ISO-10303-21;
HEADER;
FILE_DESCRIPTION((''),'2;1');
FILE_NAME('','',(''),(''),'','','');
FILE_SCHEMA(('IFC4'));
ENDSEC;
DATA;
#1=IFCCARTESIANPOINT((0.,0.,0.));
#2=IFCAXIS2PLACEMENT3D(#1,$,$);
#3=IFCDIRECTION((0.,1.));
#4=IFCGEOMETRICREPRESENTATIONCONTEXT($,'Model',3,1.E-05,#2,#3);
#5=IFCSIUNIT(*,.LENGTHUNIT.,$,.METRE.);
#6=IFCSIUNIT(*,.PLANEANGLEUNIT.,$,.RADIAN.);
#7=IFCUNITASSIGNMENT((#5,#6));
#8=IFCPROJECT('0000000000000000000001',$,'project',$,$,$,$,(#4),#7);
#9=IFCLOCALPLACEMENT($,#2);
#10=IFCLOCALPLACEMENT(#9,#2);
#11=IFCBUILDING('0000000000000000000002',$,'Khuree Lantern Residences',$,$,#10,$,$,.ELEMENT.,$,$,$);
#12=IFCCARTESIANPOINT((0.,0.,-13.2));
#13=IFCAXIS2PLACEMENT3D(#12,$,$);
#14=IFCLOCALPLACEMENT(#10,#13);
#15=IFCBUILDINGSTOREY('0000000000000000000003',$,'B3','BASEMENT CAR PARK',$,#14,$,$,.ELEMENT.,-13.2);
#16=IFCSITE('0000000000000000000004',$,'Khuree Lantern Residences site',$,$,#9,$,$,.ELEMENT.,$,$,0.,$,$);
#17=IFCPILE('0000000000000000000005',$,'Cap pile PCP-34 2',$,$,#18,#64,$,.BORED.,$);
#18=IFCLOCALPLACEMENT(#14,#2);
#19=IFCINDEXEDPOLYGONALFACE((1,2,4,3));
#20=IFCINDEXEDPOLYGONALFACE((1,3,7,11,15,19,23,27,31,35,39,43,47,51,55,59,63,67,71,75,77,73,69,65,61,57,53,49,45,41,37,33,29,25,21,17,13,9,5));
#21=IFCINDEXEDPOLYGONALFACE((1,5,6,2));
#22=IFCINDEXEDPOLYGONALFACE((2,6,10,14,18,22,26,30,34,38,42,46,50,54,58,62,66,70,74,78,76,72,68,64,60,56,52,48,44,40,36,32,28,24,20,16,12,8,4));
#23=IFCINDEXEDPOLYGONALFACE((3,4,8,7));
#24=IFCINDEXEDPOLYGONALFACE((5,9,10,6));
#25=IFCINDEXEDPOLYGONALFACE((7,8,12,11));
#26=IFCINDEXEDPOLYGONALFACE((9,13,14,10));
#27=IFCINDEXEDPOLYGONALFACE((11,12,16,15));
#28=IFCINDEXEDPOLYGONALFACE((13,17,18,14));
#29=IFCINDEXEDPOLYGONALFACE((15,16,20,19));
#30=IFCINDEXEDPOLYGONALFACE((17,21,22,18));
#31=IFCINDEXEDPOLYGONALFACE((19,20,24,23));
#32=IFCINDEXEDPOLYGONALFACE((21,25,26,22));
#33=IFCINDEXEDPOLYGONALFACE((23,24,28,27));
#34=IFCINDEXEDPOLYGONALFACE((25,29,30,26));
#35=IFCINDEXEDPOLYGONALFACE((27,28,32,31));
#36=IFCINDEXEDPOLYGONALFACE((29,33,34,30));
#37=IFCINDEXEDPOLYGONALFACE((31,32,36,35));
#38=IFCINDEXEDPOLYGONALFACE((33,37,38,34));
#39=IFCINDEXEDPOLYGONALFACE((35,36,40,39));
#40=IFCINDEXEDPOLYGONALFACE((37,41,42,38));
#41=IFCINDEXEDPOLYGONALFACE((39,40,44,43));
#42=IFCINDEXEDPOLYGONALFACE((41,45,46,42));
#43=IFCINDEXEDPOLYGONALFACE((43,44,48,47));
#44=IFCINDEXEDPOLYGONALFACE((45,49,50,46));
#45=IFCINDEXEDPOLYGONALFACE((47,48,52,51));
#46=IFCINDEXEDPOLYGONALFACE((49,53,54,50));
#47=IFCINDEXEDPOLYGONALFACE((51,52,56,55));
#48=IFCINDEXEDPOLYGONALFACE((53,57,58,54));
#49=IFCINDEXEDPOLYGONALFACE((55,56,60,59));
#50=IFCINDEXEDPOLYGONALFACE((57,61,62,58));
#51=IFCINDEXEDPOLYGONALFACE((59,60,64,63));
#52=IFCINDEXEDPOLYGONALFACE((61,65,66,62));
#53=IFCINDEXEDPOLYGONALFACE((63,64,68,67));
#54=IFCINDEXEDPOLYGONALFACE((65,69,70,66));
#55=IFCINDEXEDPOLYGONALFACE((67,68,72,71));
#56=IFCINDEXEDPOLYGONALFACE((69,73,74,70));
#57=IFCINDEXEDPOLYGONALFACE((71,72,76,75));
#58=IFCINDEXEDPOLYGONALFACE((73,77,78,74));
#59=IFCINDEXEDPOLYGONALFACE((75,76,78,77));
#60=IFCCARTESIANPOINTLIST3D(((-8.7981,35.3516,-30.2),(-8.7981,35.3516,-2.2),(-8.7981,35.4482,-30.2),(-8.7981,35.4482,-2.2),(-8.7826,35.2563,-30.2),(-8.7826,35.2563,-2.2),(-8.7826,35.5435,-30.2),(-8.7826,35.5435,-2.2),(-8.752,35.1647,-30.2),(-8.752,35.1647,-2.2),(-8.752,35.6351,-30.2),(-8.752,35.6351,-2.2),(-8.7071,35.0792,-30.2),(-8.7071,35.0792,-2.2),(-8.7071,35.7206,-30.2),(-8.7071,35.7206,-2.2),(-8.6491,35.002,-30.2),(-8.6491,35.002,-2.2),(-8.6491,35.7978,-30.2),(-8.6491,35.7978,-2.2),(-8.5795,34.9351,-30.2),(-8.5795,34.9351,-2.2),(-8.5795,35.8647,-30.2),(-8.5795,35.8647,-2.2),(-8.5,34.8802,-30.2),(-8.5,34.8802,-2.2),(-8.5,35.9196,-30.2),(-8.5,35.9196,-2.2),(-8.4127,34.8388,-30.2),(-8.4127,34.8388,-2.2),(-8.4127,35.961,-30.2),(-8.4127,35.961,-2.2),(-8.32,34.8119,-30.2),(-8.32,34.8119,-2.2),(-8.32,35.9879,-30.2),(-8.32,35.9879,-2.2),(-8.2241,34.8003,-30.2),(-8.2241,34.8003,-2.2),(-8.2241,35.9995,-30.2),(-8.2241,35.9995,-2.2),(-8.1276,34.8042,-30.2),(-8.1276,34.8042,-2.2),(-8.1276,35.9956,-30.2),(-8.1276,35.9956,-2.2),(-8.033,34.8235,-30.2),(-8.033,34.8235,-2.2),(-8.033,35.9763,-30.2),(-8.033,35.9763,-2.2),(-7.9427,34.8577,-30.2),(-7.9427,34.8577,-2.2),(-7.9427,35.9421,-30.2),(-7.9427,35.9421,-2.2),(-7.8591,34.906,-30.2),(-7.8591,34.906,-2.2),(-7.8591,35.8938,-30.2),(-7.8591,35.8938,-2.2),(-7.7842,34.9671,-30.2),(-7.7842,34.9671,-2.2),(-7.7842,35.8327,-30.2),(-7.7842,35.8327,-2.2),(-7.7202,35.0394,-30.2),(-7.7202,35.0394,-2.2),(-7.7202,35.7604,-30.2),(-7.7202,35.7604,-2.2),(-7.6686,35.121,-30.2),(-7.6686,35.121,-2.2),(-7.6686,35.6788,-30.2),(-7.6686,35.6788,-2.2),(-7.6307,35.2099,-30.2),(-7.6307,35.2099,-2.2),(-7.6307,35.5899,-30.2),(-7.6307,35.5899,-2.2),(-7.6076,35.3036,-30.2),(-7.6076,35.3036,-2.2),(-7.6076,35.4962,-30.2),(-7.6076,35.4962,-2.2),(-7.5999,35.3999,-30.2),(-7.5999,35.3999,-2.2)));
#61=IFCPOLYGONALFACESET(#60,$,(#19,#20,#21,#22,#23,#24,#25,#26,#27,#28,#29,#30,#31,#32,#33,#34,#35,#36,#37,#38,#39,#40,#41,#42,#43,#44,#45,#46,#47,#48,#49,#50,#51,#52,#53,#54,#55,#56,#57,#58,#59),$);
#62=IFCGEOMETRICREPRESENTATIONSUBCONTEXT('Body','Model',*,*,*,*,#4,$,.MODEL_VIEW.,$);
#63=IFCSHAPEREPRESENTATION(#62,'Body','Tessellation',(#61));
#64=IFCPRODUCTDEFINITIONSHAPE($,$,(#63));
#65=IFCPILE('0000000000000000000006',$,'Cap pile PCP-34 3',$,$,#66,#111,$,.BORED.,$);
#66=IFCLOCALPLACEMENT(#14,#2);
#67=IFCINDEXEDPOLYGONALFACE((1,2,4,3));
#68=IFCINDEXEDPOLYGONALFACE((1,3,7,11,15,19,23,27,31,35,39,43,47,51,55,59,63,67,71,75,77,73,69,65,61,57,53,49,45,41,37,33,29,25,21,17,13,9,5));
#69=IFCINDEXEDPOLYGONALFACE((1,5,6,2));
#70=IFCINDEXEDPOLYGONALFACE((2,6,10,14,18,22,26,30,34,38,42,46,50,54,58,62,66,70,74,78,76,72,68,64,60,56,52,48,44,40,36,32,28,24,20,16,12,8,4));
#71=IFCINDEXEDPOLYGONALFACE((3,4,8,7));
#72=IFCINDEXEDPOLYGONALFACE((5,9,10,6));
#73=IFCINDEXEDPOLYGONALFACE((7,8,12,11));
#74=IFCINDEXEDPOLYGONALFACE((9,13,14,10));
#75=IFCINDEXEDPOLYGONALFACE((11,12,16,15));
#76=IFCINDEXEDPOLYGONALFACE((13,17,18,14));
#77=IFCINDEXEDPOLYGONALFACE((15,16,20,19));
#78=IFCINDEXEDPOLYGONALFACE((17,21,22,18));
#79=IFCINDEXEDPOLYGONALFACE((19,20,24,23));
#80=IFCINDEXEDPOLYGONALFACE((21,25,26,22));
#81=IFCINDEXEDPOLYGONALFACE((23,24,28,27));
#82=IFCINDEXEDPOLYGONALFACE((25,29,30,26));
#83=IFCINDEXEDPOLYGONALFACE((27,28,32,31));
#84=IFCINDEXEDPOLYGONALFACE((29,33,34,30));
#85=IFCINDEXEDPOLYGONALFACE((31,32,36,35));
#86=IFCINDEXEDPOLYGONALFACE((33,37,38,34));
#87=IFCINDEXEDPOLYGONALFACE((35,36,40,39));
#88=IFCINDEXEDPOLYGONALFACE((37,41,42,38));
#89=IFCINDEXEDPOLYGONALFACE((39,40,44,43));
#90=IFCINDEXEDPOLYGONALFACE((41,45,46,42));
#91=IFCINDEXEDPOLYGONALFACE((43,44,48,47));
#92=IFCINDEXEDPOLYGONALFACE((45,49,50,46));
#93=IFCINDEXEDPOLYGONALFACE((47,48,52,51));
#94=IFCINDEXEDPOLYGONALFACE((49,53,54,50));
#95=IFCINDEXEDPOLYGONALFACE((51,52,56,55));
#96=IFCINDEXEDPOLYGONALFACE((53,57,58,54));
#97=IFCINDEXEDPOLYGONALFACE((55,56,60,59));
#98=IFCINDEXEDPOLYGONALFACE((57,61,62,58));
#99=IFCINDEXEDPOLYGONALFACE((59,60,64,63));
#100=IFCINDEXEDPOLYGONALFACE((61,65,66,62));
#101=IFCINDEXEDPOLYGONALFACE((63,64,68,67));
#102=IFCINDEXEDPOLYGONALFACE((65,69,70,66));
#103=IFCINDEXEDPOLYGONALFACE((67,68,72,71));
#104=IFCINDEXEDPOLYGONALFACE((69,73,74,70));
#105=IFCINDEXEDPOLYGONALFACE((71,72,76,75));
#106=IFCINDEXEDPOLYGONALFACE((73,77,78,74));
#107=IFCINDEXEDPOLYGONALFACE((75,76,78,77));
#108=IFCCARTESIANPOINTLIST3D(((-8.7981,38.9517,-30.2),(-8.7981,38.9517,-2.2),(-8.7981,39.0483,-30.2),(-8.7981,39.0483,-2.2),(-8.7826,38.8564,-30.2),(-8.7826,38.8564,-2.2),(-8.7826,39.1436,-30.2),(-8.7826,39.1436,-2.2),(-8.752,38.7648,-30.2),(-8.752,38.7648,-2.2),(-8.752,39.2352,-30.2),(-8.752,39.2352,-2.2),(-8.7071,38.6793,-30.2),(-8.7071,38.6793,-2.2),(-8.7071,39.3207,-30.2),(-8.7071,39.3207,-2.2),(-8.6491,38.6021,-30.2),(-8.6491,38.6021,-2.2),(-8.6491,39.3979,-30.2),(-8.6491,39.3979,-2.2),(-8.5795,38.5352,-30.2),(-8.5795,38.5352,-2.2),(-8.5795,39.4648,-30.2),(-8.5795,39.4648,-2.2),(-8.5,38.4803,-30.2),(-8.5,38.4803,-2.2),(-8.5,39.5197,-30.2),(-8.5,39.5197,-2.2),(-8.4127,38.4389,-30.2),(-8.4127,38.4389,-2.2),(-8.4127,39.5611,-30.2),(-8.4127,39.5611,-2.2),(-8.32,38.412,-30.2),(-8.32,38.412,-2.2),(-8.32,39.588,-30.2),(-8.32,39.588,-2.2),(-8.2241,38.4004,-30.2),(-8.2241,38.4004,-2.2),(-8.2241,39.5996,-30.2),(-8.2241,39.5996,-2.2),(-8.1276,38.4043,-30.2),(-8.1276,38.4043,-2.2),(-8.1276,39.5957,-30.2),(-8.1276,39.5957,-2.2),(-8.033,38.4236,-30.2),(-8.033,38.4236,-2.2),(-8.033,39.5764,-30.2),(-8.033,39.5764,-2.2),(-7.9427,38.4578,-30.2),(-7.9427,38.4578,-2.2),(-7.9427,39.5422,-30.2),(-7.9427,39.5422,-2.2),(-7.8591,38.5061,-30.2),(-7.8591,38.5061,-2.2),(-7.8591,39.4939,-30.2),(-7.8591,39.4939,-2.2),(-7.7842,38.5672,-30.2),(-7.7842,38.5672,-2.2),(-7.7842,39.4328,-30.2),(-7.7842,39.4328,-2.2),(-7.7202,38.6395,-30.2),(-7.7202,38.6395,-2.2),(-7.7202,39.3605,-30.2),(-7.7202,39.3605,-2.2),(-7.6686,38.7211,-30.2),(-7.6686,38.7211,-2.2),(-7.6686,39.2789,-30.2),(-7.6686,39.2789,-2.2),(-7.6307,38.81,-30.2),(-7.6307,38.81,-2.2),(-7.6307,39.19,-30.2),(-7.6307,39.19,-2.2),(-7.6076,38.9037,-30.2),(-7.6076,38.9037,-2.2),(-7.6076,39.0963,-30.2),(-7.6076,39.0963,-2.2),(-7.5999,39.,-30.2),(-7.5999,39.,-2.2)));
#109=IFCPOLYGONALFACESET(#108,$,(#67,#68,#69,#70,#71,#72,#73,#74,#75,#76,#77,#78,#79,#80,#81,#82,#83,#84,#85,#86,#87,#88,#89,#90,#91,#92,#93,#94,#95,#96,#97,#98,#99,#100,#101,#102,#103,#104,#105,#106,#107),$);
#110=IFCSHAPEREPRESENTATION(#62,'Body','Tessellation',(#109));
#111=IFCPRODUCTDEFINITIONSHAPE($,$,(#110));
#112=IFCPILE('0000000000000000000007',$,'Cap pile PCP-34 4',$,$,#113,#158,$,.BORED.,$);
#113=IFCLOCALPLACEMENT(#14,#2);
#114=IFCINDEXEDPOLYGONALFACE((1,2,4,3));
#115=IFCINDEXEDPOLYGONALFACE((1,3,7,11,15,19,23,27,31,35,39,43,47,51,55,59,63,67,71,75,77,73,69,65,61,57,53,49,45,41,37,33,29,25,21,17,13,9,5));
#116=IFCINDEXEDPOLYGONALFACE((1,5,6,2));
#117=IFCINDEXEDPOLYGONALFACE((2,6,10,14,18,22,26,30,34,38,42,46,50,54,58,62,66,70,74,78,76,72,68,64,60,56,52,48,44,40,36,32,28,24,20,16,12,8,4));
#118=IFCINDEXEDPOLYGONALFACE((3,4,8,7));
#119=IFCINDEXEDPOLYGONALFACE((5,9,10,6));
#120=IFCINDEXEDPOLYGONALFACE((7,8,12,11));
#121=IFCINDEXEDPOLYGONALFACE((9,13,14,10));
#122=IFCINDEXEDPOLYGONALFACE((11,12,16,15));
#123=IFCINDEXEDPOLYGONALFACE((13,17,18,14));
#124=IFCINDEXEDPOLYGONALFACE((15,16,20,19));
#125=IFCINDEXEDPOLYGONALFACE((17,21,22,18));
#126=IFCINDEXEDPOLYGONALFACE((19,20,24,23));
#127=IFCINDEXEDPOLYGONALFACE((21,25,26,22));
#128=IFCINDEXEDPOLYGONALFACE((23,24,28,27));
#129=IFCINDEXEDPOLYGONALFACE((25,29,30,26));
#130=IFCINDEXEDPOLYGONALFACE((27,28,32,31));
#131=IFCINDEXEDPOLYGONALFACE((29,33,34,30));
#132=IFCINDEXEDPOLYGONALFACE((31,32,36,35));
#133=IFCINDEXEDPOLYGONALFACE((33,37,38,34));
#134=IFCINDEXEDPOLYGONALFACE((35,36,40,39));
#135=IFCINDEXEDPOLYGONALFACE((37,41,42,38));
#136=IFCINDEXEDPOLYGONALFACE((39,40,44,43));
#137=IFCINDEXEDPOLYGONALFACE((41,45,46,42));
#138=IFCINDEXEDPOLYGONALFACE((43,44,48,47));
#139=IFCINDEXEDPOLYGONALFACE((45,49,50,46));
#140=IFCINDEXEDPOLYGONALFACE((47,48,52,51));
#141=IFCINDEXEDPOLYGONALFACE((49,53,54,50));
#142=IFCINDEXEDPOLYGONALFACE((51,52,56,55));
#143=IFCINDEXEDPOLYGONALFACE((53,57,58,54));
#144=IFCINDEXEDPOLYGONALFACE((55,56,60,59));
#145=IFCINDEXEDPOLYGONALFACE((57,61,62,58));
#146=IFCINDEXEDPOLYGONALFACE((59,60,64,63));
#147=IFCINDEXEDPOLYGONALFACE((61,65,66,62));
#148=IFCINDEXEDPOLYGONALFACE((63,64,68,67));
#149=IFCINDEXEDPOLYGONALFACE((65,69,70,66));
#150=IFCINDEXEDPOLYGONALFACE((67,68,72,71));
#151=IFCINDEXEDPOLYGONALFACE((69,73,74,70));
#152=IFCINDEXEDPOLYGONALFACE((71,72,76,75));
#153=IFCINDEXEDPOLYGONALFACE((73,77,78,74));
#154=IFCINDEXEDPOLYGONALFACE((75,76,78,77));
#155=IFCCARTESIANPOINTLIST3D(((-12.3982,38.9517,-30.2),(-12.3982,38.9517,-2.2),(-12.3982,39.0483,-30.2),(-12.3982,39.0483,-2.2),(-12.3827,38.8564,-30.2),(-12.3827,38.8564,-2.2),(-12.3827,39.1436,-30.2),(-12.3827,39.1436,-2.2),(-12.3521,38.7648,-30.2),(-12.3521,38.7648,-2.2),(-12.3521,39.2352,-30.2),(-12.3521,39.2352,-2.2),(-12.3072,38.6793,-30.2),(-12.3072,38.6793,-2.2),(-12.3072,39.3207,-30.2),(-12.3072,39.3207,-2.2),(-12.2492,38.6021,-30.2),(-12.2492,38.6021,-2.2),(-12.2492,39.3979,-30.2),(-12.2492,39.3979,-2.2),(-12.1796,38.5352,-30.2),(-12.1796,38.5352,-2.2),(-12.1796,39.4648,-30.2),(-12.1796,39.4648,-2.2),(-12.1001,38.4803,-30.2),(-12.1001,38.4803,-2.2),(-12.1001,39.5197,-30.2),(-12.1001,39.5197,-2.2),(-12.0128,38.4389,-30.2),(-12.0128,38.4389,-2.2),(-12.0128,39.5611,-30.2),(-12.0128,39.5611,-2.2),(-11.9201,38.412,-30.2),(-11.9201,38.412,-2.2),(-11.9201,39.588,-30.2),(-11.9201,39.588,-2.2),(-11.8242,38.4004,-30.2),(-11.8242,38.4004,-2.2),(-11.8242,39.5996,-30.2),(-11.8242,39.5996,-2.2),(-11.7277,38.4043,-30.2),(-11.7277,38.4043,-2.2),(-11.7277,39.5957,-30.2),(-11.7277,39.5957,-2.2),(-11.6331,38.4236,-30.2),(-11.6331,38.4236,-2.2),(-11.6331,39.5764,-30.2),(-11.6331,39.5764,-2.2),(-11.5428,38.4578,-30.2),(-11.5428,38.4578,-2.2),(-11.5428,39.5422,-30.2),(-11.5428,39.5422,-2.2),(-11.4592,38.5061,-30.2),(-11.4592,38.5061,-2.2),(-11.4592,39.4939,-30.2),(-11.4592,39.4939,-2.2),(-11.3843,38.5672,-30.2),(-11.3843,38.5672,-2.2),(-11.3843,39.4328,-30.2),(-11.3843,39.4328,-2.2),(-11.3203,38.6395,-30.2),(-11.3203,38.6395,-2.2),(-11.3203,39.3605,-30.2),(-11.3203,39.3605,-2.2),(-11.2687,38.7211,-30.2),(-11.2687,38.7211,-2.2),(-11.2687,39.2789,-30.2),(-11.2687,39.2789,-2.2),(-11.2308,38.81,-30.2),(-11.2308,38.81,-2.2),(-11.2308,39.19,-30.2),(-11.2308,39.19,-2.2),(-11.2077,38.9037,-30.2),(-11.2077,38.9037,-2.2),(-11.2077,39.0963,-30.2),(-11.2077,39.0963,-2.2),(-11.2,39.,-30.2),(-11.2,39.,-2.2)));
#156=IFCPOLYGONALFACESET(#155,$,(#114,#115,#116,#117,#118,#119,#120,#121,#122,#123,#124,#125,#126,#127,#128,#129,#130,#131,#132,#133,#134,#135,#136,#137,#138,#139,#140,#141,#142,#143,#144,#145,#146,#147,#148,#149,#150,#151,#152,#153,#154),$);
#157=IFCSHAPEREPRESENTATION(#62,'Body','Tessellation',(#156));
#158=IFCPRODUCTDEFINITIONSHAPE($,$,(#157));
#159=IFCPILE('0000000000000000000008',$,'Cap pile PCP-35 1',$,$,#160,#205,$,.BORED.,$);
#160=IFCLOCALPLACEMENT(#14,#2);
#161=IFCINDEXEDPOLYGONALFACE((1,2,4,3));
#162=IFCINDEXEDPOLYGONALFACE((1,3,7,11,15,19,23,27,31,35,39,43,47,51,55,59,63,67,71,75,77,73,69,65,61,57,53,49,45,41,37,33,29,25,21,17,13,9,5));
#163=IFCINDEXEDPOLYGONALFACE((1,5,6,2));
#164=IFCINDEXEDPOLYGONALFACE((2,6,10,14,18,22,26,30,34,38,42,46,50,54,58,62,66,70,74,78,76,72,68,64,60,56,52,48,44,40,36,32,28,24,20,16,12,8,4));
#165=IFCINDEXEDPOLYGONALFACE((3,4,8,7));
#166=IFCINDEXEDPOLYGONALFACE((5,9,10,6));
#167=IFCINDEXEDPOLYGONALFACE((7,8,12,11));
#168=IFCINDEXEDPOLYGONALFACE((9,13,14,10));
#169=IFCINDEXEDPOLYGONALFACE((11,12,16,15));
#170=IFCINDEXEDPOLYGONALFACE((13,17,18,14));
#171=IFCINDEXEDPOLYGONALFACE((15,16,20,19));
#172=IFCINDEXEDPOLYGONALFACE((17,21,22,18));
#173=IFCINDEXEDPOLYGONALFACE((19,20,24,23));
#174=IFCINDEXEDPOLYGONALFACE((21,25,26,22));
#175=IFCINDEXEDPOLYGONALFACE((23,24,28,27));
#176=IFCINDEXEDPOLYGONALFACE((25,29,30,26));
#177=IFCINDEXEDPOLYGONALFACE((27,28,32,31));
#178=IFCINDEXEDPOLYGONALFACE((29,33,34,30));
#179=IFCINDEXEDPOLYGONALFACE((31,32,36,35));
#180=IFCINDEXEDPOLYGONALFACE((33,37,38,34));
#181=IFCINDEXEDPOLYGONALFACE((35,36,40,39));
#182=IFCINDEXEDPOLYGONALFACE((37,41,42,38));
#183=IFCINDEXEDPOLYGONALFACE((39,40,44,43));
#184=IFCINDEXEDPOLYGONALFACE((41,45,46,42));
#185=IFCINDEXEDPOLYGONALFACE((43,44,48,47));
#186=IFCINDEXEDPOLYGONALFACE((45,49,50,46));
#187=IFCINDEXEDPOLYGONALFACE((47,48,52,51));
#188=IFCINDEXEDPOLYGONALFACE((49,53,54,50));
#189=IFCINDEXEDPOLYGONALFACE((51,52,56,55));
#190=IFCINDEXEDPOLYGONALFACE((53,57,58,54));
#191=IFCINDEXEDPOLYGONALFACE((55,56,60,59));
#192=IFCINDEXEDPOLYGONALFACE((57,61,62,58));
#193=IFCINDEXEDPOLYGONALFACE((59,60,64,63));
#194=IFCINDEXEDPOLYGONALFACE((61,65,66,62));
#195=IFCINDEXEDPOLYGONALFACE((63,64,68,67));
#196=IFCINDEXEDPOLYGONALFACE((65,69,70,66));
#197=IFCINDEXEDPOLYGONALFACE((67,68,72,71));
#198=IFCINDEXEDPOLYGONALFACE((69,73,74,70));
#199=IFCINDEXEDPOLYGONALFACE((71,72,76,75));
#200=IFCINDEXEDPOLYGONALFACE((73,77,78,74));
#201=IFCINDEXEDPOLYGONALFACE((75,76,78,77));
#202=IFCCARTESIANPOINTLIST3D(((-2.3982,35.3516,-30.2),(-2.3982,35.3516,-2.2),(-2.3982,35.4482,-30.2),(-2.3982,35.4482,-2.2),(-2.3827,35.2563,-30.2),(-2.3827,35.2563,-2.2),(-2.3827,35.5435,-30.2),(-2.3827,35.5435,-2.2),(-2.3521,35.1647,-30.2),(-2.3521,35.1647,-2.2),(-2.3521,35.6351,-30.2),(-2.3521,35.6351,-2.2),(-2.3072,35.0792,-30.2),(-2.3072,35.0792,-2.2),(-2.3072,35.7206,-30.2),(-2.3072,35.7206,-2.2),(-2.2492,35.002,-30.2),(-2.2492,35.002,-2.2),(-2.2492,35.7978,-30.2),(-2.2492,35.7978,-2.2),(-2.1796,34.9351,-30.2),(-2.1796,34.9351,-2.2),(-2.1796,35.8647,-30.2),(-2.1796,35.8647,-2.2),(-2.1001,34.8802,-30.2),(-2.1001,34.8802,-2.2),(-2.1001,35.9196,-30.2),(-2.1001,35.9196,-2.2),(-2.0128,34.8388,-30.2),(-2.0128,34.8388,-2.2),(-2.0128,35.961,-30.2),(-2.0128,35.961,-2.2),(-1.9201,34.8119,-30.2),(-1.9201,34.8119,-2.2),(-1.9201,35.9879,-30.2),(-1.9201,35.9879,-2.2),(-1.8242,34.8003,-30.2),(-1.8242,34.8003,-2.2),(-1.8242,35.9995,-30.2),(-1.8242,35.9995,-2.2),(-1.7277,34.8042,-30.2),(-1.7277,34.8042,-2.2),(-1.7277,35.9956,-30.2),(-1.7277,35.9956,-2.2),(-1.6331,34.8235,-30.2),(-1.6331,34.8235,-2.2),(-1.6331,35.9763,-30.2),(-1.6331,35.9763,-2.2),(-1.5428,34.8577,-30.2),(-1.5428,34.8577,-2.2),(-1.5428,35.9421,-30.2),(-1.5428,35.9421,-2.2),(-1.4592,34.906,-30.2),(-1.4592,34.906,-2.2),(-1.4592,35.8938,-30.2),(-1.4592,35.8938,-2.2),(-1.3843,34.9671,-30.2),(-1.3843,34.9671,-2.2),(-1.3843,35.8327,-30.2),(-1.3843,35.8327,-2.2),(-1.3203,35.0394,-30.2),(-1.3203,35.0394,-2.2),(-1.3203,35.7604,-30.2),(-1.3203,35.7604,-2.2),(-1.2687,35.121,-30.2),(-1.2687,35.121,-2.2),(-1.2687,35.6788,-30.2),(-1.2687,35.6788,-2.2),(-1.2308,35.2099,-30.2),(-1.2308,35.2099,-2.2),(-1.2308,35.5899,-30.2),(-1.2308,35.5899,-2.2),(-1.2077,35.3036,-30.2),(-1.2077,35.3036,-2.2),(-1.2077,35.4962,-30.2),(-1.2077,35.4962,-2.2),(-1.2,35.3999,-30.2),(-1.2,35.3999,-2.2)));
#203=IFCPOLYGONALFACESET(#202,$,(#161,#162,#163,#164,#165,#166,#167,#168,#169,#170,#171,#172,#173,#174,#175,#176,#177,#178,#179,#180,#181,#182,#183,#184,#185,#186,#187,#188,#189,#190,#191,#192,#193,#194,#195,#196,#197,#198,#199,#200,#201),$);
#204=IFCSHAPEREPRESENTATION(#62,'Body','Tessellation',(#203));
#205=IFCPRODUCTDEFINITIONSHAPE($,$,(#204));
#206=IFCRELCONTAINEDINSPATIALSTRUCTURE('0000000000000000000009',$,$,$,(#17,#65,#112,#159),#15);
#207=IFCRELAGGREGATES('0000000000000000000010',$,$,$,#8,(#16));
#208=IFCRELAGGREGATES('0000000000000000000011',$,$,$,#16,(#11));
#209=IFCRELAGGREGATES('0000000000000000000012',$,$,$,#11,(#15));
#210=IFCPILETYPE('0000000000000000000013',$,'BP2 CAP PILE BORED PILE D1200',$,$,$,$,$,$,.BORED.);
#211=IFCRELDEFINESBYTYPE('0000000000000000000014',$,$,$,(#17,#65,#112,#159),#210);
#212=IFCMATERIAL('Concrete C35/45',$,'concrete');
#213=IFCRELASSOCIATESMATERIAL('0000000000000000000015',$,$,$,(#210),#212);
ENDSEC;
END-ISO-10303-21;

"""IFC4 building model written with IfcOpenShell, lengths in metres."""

from ifc_helpers import new_model, si_unit, direction, frame, origin, origin_2d, place, context, subcontext, project, spatial, circle, extrude, material, material_profile, profile_set, type_object, element, save


model = new_model("IFC4")

# Units and contexts
model_context = context("Model", 3, precision=1e-05, world=origin(), true_north=direction((0.0, 1.0)))
body_context = subcontext(model_context, "Body", "Model", "MODEL_VIEW")
ifc_project = project(units=[si_unit("LENGTHUNIT", "METRE"), si_unit("PLANEANGLEUNIT", "RADIAN")], contexts=[model_context])

# Site, building, storey
site_placement = place(None, origin())
site = spatial("IfcSite", under=ifc_project, at=site_placement, Name="Khuree Lantern Residences site", CompositionType="ELEMENT", RefElevation=0.0)
building_placement = place(site_placement, origin())
building = spatial("IfcBuilding", under=site, at=building_placement, Name="Khuree Lantern Residences", CompositionType="ELEMENT")
storey_placement = place(building_placement, frame((0.0, 0.0, -13.2)))
storey = spatial("IfcBuildingStorey", under=building, at=storey_placement, Name="B3", Description="BASEMENT CAR PARK", CompositionType="ELEMENT", Elevation=-13.2)

# Piles
ifc_material_1 = material(Name="Concrete C35/45", Category="concrete")
ifc_material_profile_1 = material_profile(ifc_material_1, circle(Radius=0.6001, at=origin_2d()), Name="BORED PILE D1200")
ifc_profile_set_1 = profile_set([ifc_material_profile_1], Name="Concrete C35/45")
pile_type_1 = type_object("IfcPileType", Name="BP2 CAP PILE BORED PILE D1200", PredefinedType="BORED", material=ifc_profile_set_1)
for number, where, z_axis, x_axis, name in (
    (1, (-8.2, 35.3999, -2.2), (0.0, 0.0, -1.0), (1.0, 0.0, 0.0), "Cap pile PCP-34 2"),
    (2, (-8.2, 39.0, -2.2), (0.0, 0.0, -1.0), (1.0, 0.0, 0.0), "Cap pile PCP-34 3"),
    (3, (-11.8, 39.0, -2.2), (0.0, 0.0, -1.0), (1.0, 0.0, 0.0), "Cap pile PCP-34 4"),
    (4, (-1.8, 35.3999, -2.2), (0.0, 0.0, -1.0), (1.0, 0.0, 0.0), "Cap pile PCP-35 1"),
):
    element("IfcPile", number, at=place(storey_placement, frame(where, z_axis=z_axis, x_axis=x_axis)), inside=storey, type_object=pile_type_1, Name=name, PredefinedType="BORED", context=body_context, shape_type="SweptSolid", body=[
        extrude(circle(Radius=0.6001, at=origin_2d()), origin(), (0.0, 0.0, 1.0), 28.0),
    ])

save(model, "model.ifc")
